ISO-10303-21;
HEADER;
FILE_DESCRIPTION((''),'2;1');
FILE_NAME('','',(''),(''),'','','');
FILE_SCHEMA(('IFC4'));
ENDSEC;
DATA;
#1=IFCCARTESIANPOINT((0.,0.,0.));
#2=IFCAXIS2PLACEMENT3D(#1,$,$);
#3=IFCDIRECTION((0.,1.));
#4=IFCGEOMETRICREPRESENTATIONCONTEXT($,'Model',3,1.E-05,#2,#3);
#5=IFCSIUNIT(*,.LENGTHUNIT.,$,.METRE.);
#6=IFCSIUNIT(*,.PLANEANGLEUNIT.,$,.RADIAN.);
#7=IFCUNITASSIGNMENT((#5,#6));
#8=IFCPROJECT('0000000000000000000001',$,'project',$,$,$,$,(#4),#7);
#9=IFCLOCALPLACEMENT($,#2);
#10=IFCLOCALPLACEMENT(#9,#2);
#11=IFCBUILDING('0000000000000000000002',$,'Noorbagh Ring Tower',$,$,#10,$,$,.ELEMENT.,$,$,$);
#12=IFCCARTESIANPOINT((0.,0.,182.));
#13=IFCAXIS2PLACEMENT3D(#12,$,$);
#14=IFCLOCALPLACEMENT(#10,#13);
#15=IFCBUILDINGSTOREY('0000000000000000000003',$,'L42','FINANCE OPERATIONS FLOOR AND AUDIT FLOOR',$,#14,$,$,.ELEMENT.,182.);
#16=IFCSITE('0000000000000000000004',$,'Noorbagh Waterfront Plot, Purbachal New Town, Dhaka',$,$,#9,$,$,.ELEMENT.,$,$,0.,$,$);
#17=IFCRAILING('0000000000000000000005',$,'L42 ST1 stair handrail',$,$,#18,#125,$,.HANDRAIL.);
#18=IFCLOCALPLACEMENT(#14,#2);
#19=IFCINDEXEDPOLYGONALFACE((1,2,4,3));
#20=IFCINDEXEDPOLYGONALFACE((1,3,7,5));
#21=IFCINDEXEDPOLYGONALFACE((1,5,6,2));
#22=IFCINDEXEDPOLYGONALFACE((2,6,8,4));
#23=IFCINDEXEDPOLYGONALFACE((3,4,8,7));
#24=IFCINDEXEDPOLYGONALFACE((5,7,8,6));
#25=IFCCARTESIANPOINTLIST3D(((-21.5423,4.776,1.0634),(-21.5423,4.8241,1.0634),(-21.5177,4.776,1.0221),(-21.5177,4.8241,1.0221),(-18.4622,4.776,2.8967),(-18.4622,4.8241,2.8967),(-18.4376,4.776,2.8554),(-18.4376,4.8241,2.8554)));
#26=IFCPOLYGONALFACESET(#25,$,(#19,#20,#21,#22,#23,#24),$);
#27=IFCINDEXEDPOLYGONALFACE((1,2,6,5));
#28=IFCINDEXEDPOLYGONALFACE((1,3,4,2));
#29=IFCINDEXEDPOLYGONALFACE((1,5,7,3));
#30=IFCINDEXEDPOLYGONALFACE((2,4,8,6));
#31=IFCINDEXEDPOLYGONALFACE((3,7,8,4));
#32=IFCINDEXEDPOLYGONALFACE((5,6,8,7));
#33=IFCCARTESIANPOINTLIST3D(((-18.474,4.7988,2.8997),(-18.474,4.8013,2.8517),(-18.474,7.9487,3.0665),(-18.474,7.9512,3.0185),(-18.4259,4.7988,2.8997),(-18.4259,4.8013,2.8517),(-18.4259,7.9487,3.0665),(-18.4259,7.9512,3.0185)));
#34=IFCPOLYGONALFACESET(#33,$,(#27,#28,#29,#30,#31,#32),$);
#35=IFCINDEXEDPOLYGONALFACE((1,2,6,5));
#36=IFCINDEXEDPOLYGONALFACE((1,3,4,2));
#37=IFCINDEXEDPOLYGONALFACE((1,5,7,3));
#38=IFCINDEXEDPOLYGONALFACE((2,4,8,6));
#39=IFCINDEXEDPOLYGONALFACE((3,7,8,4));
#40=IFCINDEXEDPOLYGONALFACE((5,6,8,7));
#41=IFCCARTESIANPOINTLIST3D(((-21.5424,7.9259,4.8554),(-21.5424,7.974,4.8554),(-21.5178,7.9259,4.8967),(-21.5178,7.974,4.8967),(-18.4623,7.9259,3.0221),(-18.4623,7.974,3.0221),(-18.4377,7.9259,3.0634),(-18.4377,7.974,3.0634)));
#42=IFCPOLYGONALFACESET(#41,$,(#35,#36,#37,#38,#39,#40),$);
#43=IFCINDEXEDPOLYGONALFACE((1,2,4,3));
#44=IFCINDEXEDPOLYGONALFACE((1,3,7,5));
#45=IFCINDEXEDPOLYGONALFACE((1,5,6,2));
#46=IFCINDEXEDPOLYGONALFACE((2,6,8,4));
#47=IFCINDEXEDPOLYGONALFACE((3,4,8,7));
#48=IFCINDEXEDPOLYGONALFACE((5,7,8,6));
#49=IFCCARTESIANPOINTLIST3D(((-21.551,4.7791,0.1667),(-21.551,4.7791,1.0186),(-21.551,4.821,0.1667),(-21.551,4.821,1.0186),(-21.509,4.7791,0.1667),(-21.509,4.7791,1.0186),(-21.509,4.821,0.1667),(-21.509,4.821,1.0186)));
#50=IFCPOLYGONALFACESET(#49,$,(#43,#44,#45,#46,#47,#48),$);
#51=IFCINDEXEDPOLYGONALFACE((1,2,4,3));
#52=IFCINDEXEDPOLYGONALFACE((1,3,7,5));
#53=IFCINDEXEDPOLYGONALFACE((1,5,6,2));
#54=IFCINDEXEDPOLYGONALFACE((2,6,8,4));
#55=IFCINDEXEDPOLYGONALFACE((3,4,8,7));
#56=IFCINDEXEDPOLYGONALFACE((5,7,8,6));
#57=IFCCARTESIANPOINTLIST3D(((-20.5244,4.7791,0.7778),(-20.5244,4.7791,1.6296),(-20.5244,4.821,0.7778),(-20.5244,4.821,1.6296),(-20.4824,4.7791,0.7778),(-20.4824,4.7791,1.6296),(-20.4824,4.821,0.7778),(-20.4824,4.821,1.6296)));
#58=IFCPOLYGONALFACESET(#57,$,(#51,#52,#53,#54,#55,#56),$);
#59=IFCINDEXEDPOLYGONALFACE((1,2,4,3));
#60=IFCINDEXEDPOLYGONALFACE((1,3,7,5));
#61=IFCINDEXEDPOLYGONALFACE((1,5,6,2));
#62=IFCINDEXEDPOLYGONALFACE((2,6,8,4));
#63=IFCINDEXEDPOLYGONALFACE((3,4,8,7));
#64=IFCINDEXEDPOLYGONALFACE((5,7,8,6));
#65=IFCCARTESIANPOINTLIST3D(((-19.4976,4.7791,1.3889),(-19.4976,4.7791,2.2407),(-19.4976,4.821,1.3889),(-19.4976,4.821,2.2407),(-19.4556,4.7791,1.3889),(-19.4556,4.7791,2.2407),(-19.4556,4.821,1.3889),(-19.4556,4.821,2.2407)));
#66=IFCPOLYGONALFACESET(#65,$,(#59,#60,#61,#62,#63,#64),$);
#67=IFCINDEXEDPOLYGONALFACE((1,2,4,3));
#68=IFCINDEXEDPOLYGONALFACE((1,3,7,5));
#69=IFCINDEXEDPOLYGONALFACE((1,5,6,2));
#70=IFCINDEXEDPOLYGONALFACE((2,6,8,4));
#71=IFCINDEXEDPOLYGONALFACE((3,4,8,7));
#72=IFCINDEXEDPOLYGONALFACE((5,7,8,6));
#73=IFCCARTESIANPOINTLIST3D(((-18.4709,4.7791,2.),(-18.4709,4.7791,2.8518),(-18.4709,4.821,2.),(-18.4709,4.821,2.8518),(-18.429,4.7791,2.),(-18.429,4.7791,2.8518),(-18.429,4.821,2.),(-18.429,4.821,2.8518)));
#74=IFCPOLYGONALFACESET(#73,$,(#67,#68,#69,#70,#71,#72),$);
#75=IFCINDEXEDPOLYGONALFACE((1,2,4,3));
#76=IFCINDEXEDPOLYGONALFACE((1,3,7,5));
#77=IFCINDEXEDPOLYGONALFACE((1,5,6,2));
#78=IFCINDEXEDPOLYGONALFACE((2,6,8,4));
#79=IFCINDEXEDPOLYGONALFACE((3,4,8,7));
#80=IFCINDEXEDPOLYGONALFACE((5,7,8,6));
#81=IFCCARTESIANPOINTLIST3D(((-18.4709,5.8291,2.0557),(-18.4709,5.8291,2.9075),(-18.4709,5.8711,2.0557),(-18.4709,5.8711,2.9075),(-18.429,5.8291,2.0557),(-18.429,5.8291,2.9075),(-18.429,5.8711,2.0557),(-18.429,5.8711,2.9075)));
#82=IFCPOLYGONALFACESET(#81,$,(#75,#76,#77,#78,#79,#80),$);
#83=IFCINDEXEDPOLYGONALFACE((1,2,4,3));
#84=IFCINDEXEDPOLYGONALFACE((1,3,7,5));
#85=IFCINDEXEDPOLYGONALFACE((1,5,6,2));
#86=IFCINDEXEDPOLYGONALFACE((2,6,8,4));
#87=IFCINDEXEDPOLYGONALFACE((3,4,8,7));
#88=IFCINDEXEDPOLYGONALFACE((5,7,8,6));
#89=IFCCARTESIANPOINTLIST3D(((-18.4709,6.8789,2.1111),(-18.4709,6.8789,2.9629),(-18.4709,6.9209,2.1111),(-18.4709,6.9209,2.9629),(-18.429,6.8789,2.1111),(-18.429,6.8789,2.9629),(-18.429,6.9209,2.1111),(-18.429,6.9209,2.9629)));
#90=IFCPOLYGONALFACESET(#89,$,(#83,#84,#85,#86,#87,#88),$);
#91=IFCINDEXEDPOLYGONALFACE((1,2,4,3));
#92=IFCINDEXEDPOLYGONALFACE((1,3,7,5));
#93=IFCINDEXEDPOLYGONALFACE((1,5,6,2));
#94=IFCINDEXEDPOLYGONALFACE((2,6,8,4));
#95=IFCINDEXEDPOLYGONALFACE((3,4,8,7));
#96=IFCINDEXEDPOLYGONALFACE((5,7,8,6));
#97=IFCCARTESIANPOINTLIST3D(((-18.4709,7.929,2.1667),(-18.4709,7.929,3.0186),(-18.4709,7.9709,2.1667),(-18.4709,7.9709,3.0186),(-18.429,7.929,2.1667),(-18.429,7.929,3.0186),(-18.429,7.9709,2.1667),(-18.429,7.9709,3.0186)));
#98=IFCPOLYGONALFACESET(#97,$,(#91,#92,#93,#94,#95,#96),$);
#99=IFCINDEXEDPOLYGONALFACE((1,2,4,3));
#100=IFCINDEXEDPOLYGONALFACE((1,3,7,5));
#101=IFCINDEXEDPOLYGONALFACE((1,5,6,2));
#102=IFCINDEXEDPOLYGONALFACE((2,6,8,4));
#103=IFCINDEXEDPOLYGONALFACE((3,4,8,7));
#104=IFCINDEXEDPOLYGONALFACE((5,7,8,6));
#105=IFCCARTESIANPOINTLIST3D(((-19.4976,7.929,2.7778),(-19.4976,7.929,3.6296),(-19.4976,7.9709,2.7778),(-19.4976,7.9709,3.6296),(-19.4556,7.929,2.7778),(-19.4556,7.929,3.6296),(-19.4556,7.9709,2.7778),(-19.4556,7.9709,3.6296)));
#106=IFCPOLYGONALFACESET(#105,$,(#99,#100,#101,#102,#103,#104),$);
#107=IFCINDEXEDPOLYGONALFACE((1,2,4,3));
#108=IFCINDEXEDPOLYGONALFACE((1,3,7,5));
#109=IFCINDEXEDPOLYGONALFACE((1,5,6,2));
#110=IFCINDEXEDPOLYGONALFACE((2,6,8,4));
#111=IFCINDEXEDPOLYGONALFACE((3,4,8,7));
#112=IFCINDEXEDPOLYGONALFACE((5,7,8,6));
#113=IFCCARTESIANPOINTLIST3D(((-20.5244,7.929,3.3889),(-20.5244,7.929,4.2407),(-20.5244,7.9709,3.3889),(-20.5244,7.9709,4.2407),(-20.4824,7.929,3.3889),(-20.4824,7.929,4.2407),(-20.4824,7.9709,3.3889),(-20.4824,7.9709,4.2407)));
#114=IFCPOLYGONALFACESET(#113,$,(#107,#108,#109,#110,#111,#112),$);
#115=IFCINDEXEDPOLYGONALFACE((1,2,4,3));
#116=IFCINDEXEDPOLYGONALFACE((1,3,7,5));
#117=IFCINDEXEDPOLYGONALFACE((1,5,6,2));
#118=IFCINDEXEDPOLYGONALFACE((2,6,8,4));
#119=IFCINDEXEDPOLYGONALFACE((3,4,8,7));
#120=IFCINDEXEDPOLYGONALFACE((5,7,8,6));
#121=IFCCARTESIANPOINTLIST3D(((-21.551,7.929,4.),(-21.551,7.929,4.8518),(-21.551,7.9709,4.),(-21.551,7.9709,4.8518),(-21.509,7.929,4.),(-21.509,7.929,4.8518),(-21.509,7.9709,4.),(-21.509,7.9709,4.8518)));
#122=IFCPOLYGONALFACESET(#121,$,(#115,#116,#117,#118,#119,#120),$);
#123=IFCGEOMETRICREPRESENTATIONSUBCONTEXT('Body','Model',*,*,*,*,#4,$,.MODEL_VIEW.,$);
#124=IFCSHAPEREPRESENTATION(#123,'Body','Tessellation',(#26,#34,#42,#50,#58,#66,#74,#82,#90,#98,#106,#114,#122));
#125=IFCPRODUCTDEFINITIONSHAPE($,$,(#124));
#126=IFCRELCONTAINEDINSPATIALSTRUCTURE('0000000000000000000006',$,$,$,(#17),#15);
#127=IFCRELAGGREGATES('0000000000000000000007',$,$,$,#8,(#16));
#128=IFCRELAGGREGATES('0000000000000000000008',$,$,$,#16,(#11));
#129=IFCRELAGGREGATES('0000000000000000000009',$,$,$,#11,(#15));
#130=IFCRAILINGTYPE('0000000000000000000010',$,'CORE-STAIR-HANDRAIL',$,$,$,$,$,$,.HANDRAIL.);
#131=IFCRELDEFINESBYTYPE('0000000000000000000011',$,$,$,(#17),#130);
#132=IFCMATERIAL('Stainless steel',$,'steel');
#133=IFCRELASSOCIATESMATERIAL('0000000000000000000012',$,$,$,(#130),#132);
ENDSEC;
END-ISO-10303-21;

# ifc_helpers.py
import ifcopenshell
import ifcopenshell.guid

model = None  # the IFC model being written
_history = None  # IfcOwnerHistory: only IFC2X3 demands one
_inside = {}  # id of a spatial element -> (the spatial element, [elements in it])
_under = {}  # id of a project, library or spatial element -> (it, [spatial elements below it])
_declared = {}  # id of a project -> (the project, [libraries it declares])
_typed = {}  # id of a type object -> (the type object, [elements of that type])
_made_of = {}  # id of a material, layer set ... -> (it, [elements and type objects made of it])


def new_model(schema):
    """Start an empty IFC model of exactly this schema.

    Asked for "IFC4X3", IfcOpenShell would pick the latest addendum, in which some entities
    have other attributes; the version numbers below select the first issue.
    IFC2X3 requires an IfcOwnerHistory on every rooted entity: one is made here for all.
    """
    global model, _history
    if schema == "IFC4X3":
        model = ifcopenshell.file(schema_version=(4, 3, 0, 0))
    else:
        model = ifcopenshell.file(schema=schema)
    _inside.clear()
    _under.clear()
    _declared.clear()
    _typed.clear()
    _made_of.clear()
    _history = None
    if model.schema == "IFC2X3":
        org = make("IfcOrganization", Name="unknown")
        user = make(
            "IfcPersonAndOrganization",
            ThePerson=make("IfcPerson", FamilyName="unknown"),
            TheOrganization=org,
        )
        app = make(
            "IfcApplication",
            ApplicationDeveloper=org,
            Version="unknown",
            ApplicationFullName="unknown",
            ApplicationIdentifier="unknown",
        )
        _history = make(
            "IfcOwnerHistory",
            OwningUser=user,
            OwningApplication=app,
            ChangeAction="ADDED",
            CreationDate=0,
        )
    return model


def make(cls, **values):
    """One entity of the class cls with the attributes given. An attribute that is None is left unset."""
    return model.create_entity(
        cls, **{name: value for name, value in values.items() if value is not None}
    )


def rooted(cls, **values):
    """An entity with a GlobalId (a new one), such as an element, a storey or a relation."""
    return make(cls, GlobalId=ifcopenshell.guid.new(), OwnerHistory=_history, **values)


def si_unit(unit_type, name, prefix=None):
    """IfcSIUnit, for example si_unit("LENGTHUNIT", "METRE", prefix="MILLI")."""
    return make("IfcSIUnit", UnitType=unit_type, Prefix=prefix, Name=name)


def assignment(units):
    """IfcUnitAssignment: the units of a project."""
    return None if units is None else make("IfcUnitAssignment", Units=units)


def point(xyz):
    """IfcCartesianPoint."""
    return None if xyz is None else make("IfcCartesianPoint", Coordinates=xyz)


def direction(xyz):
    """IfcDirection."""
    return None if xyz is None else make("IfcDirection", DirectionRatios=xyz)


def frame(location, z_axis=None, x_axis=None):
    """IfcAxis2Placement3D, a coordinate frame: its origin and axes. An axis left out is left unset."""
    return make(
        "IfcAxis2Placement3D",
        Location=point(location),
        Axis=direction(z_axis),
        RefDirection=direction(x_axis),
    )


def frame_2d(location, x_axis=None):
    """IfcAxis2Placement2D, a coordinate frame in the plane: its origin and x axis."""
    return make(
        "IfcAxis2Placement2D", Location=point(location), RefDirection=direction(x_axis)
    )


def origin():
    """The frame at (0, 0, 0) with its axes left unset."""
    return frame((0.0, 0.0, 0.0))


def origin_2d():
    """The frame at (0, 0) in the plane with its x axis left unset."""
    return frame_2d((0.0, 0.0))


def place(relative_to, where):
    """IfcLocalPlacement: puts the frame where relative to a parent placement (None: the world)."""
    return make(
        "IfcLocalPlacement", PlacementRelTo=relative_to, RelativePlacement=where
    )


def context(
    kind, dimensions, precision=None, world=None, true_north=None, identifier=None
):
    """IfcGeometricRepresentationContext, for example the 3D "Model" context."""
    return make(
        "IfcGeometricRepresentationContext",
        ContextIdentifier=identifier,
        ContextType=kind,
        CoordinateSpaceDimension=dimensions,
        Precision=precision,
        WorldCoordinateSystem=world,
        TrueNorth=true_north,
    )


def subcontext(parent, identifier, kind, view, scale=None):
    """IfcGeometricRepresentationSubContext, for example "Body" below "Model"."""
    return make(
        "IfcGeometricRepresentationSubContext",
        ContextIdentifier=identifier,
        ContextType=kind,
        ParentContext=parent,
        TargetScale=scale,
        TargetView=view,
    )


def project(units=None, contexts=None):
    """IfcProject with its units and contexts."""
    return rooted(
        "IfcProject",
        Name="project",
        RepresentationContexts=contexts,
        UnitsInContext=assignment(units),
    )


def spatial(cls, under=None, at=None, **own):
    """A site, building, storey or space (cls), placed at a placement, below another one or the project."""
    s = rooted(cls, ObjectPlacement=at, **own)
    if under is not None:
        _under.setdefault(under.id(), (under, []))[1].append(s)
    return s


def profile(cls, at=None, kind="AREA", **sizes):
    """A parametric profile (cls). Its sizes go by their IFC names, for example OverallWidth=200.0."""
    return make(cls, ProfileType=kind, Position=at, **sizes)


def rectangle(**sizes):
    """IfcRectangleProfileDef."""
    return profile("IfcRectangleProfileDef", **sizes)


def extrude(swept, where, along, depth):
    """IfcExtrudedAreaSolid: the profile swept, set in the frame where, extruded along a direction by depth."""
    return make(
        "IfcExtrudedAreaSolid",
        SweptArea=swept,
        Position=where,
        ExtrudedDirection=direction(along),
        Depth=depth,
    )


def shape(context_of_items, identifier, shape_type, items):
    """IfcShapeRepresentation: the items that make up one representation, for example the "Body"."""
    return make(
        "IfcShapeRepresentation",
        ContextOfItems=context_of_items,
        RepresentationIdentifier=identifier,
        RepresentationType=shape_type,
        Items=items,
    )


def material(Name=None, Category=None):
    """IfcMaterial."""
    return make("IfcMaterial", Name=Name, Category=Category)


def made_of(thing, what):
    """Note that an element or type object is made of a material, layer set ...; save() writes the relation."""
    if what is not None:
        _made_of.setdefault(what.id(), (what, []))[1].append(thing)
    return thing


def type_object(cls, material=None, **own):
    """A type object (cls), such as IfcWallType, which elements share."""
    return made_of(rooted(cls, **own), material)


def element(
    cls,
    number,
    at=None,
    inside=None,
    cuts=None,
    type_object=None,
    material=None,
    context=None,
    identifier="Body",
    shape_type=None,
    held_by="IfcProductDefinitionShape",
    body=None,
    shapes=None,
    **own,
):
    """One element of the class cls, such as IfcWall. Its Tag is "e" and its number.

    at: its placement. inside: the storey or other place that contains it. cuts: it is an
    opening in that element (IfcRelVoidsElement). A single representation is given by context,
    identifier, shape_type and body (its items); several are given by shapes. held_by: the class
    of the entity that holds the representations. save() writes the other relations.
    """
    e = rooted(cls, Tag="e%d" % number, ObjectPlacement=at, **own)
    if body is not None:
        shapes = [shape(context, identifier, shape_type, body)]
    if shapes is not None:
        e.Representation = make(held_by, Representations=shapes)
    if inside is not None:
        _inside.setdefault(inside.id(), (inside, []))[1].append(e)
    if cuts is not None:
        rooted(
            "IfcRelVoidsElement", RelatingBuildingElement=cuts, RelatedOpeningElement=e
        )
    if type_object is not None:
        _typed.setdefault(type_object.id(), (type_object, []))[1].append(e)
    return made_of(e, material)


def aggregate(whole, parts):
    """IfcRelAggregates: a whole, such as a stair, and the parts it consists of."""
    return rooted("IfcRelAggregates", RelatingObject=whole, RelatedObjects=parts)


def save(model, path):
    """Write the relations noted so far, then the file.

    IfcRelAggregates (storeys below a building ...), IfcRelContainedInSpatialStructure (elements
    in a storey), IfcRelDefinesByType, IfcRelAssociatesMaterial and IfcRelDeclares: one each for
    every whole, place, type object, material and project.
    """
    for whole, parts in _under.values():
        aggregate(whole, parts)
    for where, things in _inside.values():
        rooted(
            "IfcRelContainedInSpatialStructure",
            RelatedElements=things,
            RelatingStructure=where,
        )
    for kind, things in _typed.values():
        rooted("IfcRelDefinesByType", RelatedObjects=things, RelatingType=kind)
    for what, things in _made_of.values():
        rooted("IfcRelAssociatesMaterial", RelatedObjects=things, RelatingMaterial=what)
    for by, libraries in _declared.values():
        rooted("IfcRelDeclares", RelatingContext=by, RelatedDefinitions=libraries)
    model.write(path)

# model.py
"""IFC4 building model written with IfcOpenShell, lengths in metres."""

from ifc_helpers import new_model, si_unit, direction, frame, origin, origin_2d, place, context, subcontext, project, spatial, rectangle, extrude, material, type_object, element, save


model = new_model("IFC4")

# Units and contexts
model_context = context("Model", 3, precision=1e-05, world=origin(), true_north=direction((0.0, 1.0)))
body_context = subcontext(model_context, "Body", "Model", "MODEL_VIEW")
ifc_project = project(units=[si_unit("LENGTHUNIT", "METRE"), si_unit("PLANEANGLEUNIT", "RADIAN")], contexts=[model_context])

# Site, building, storey
site_placement = place(None, origin())
site = spatial("IfcSite", under=ifc_project, at=site_placement, Name="Noorbagh Waterfront Plot, Purbachal New Town, Dhaka", CompositionType="ELEMENT", RefElevation=0.0)
building_placement = place(site_placement, origin())
building = spatial("IfcBuilding", under=site, at=building_placement, Name="Noorbagh Ring Tower", CompositionType="ELEMENT")
storey_placement = place(building_placement, frame((0.0, 0.0, 182.0)))
storey = spatial("IfcBuildingStorey", under=building, at=storey_placement, Name="L42", Description="FINANCE OPERATIONS FLOOR AND AUDIT FLOOR", CompositionType="ELEMENT", Elevation=182.0)

# Railing
ifc_material_1 = material(Name="Stainless steel", Category="steel")
railing_type_1 = type_object("IfcRailingType", Name="CORE-STAIR-HANDRAIL", PredefinedType="HANDRAIL", material=ifc_material_1)
railing_1_placement = place(storey_placement, frame((-21.53, 4.8, 0.1667)))
element("IfcRailing", 1, at=railing_1_placement, inside=storey, type_object=railing_type_1, Name="L42 ST1 stair handrail", PredefinedType="HANDRAIL", context=body_context, shape_type="SweptSolid", body=[
    extrude(rectangle(XDim=0.0481, YDim=0.0481, at=origin_2d()), frame((0.0, 0.0, 0.876), z_axis=(0.859309, 0.0, 0.511458), x_axis=(0.0, 1.0, 0.0)), (0.0, 0.0, 1.0), 3.5845),
    extrude(rectangle(XDim=0.0481, YDim=0.0481, at=origin_2d()), frame((3.0801, 0.0, 2.709), z_axis=(0.0, 0.998602, 0.052864), x_axis=(-1.0, 0.0, 0.0)), (0.0, 0.0, 1.0), 3.1543),
    extrude(rectangle(XDim=0.0481, YDim=0.0481, at=origin_2d()), frame((3.0801, 3.1499, 2.876), z_axis=(-0.859309, 0.0, 0.511458), x_axis=(0.0, -1.0, 0.0)), (0.0, 0.0, 1.0), 3.5845),
    extrude(rectangle(XDim=0.042, YDim=0.042, at=origin_2d()), origin(), (0.0, 0.0, 1.0), 0.8518),
    extrude(rectangle(XDim=0.042, YDim=0.042, at=origin_2d()), frame((1.0266, 0.0, 0.6111)), (0.0, 0.0, 1.0), 0.8518),
    extrude(rectangle(XDim=0.042, YDim=0.042, at=origin_2d()), frame((2.0535, 0.0, 1.2222)), (0.0, 0.0, 1.0), 0.8518),
    extrude(rectangle(XDim=0.042, YDim=0.042, at=origin_2d()), frame((3.0801, 0.0, 1.8333)), (0.0, 0.0, 1.0), 0.8518),
    extrude(rectangle(XDim=0.042, YDim=0.042, at=origin_2d()), frame((3.0801, 1.05, 1.8889)), (0.0, 0.0, 1.0), 0.8518),
    extrude(rectangle(XDim=0.042, YDim=0.042, at=origin_2d()), frame((3.0801, 2.0999, 1.9443)), (0.0, 0.0, 1.0), 0.8518),
    extrude(rectangle(XDim=0.042, YDim=0.042, at=origin_2d()), frame((3.0801, 3.1499, 2.0)), (0.0, 0.0, 1.0), 0.8518),
    extrude(rectangle(XDim=0.042, YDim=0.042, at=origin_2d()), frame((2.0535, 3.1499, 2.6111)), (0.0, 0.0, 1.0), 0.8518),
    extrude(rectangle(XDim=0.042, YDim=0.042, at=origin_2d()), frame((1.0266, 3.1499, 3.2222)), (0.0, 0.0, 1.0), 0.8518),
    extrude(rectangle(XDim=0.042, YDim=0.042, at=origin_2d()), frame((0.0, 3.1499, 3.8333)), (0.0, 0.0, 1.0), 0.8518),
])

save(model, "model.ifc")
